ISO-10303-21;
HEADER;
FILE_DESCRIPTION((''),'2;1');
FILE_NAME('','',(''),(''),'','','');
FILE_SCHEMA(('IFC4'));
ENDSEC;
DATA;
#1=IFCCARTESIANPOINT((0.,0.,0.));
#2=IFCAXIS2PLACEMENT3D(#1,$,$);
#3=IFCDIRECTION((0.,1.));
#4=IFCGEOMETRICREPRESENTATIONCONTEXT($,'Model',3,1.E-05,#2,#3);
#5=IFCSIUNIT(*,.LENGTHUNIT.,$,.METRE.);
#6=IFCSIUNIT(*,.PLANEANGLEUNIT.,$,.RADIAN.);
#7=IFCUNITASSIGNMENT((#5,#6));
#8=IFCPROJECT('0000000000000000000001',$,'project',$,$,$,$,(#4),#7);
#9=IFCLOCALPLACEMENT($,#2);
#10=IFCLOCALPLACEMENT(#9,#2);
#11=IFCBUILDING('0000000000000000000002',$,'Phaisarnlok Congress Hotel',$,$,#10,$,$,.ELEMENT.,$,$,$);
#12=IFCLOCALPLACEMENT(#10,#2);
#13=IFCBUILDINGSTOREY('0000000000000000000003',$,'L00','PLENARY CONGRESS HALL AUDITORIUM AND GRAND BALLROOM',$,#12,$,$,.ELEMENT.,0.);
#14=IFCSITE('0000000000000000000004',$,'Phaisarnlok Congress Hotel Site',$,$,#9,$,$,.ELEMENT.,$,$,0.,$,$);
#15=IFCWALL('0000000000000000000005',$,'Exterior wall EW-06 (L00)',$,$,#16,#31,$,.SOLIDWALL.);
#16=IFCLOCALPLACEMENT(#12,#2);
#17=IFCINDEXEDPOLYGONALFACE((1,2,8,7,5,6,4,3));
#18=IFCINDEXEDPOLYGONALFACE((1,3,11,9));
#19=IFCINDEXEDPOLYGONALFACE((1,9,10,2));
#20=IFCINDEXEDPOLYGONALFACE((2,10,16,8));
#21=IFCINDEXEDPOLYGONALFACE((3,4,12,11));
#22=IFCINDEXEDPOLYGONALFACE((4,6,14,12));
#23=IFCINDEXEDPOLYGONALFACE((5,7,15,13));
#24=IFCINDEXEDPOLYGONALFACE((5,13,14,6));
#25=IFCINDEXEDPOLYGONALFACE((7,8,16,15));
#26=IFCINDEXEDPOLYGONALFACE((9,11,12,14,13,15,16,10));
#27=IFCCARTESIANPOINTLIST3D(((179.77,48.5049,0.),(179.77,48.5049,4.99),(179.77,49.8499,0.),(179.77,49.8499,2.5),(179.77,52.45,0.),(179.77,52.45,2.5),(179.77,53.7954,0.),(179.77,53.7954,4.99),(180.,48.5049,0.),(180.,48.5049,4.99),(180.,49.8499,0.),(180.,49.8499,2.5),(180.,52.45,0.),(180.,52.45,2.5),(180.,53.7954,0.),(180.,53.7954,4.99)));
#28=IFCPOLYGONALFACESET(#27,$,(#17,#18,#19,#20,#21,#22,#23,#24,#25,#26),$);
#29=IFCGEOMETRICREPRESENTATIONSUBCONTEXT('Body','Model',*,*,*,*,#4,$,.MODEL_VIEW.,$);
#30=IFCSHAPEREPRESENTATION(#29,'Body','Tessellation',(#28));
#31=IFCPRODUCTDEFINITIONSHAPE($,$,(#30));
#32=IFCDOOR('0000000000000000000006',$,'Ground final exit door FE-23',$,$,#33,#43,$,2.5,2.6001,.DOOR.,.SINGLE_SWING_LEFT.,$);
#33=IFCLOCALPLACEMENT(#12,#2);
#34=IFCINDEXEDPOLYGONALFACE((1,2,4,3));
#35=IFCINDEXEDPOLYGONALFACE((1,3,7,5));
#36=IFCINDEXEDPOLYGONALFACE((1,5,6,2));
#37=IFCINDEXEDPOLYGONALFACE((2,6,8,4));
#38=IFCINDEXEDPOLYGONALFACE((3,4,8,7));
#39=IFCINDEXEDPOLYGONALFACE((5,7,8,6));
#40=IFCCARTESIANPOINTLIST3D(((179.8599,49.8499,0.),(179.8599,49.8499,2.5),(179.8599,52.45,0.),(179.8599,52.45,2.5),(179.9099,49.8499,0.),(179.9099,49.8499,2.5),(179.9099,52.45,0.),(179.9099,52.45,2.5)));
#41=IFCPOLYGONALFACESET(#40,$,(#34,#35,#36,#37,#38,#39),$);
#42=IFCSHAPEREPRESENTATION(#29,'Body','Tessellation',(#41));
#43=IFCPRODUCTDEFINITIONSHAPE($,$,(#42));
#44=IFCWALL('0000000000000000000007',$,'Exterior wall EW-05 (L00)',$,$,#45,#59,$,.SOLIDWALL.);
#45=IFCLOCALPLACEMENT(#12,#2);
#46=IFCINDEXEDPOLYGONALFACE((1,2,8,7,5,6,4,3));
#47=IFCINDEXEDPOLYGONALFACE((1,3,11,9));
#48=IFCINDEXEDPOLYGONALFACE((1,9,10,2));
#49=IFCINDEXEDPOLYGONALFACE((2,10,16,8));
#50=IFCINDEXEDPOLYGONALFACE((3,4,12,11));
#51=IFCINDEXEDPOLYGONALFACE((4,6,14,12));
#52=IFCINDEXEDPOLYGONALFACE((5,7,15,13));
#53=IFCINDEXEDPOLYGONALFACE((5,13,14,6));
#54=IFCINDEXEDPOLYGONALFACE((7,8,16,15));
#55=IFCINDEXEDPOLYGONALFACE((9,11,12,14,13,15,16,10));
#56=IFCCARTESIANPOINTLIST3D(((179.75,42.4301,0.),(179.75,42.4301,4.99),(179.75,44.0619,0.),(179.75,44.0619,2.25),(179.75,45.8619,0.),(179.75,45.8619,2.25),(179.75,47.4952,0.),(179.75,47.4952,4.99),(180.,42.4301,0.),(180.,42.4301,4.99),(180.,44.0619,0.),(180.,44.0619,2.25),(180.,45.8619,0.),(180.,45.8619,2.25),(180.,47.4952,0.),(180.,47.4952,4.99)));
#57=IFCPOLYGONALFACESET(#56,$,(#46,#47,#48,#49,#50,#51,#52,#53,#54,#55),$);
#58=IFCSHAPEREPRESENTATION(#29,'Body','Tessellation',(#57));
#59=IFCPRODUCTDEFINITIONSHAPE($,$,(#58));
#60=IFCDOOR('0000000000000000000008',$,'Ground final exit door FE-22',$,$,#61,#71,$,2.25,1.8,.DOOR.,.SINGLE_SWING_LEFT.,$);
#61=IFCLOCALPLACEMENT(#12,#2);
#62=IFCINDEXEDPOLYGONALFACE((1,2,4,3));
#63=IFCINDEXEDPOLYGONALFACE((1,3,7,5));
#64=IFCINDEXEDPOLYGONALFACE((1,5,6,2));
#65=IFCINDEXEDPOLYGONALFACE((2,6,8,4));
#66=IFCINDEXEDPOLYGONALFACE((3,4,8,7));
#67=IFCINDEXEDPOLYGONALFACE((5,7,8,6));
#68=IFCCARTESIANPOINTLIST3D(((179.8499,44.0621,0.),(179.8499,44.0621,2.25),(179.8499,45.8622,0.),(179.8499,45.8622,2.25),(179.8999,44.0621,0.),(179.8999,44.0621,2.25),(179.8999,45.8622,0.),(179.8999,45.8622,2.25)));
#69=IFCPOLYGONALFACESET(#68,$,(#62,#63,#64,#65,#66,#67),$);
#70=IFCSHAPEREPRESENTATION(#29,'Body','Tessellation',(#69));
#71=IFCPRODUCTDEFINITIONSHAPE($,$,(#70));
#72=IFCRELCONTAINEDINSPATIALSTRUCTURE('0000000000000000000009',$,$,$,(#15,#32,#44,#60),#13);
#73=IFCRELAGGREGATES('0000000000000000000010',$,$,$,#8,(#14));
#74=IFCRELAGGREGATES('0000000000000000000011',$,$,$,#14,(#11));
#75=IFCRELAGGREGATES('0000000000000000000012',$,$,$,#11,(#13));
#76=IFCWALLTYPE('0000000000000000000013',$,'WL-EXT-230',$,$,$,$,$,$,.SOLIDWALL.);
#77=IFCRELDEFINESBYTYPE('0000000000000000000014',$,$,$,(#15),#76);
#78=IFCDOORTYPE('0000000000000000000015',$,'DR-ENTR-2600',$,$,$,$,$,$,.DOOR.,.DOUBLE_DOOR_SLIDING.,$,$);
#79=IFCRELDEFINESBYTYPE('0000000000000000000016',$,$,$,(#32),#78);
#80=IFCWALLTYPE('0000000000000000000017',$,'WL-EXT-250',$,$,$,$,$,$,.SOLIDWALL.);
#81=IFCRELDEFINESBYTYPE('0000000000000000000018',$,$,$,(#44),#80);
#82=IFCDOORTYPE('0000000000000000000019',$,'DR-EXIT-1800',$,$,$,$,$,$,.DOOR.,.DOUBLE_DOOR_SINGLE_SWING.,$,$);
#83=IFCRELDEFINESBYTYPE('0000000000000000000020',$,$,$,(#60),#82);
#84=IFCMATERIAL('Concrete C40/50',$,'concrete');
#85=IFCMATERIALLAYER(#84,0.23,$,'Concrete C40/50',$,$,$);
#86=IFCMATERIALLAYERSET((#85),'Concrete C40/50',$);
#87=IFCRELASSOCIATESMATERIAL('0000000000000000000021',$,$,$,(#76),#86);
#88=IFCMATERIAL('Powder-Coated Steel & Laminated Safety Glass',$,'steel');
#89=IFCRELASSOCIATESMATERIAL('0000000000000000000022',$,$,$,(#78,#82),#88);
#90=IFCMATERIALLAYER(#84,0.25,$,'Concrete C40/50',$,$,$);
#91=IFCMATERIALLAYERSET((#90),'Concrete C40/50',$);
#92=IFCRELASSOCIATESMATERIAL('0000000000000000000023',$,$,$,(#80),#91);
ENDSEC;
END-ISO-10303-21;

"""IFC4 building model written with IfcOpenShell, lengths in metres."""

from ifc_helpers import new_model, si_unit, direction, frame, frame_2d, origin, place, context, subcontext, project, spatial, rectangle, extrude, material, layer, layer_set, type_object, element, fill, save


model = new_model("IFC4")

# Units and contexts
model_context = context("Model", 3, precision=1e-05, world=origin(), true_north=direction((0.0, 1.0)))
body_context = subcontext(model_context, "Body", "Model", "MODEL_VIEW")
ifc_project = project(units=[si_unit("LENGTHUNIT", "METRE"), si_unit("PLANEANGLEUNIT", "RADIAN")], contexts=[model_context])

# Site, building, storey
site_placement = place(None, origin())
site = spatial("IfcSite", under=ifc_project, at=site_placement, Name="Phaisarnlok Congress Hotel Site", CompositionType="ELEMENT", RefElevation=0.0)
building_placement = place(site_placement, origin())
building = spatial("IfcBuilding", under=site, at=building_placement, Name="Phaisarnlok Congress Hotel", CompositionType="ELEMENT")
storey_placement = place(building_placement, origin())
storey = spatial("IfcBuildingStorey", under=building, at=storey_placement, Name="L00", Description="PLENARY CONGRESS HALL AUDITORIUM AND GRAND BALLROOM", CompositionType="ELEMENT", Elevation=0.0)

# Shared definitions
ifc_material_1 = material(Name="Concrete C40/50", Category="concrete")

# Walls, openings, doors
ifc_material_2 = material(Name="Powder-Coated Steel & Laminated Safety Glass", Category="steel")
ifc_layer_1 = layer(ifc_material_1, 0.23, Name="Concrete C40/50")
ifc_layer_set_1 = layer_set([ifc_layer_1], Name="Concrete C40/50")
wall_type_1 = type_object("IfcWallType", Name="WL-EXT-230", PredefinedType="SOLIDWALL", material=ifc_layer_set_1)
wall_1_placement = place(storey_placement, frame((179.885, 48.5049, 0.0), z_axis=(0.0, 0.0, 1.0), x_axis=(0.0, 1.0, 0.0)))
wall_1 = element("IfcWall", 1, at=wall_1_placement, inside=storey, type_object=wall_type_1, Name="Exterior wall EW-06 (L00)", PredefinedType="SOLIDWALL", context=body_context, shape_type="SweptSolid", body=[
    extrude(rectangle(XDim=5.2905, YDim=0.23, at=frame_2d((2.6453, 0.0))), origin(), (0.0, 0.0, 1.0), 4.99),
])
opening_1_placement = place(wall_1_placement, frame((1.345, 0.0, 0.0)))
opening_1 = element("IfcOpeningElement", 2, at=opening_1_placement, cuts=wall_1, PredefinedType="OPENING", context=body_context, shape_type="SweptSolid", body=[
    extrude(rectangle(XDim=2.6001, YDim=2.5, at=frame_2d((1.3, 1.25))), frame((0.0, 0.125, 0.0), z_axis=(0.0, -1.0, 0.0), x_axis=(1.0, 0.0, 0.0)), (0.0, 0.0, 1.0), 0.25),
])
door_type_1 = type_object("IfcDoorType", Name="DR-ENTR-2600", OperationType="DOUBLE_DOOR_SLIDING", PredefinedType="DOOR", material=ifc_material_2)
door_1_placement = place(opening_1_placement, frame((2.6001, 0.0, 0.0), z_axis=(0.0, 0.0, 1.0), x_axis=(-1.0, 0.0, 0.0)))
door_1 = element("IfcDoor", 3, at=door_1_placement, inside=storey, type_object=door_type_1, Name="Ground final exit door FE-23", OperationType="SINGLE_SWING_LEFT", OverallHeight=2.5, OverallWidth=2.6001, PredefinedType="DOOR", context=body_context, shape_type="SweptSolid", body=[
    extrude(rectangle(XDim=2.6001, YDim=2.5, at=frame_2d((1.3, 1.25))), frame((0.0, 0.0249, 0.0), z_axis=(0.0, -1.0, 0.0), x_axis=(1.0, 0.0, 0.0)), (0.0, 0.0, 1.0), 0.05),
])
fill(opening_1, door_1)
ifc_layer_2 = layer(ifc_material_1, 0.25, Name="Concrete C40/50")
ifc_layer_set_2 = layer_set([ifc_layer_2], Name="Concrete C40/50")
wall_type_2 = type_object("IfcWallType", Name="WL-EXT-250", PredefinedType="SOLIDWALL", material=ifc_layer_set_2)
wall_2_placement = place(storey_placement, frame((179.875, 42.4299, 0.0), z_axis=(0.0, 0.0, 1.0), x_axis=(0.0, 1.0, 0.0)))
wall_2 = element("IfcWall", 4, at=wall_2_placement, inside=storey, type_object=wall_type_2, Name="Exterior wall EW-05 (L00)", PredefinedType="SOLIDWALL", context=body_context, shape_type="SweptSolid", body=[
    extrude(rectangle(XDim=5.0652, YDim=0.25, at=frame_2d((2.5327, 0.0))), origin(), (0.0, 0.0, 1.0), 4.99),
])
opening_2_placement = place(wall_2_placement, frame((1.6321, 0.0, 0.0)))
opening_2 = element("IfcOpeningElement", 5, at=opening_2_placement, cuts=wall_2, PredefinedType="OPENING", context=body_context, shape_type="SweptSolid", body=[
    extrude(rectangle(XDim=1.8, YDim=2.25, at=frame_2d((0.8999, 1.125))), frame((0.0, 0.135, 0.0), z_axis=(0.0, -1.0, 0.0), x_axis=(1.0, 0.0, 0.0)), (0.0, 0.0, 1.0), 0.27),
])
door_type_2 = type_object("IfcDoorType", Name="DR-EXIT-1800", OperationType="DOUBLE_DOOR_SINGLE_SWING", PredefinedType="DOOR", material=ifc_material_2)
door_2_placement = place(opening_2_placement, frame((1.8, 0.0, 0.0), z_axis=(0.0, 0.0, 1.0), x_axis=(-1.0, 0.0, 0.0)))
door_2 = element("IfcDoor", 6, at=door_2_placement, inside=storey, type_object=door_type_2, Name="Ground final exit door FE-22", OperationType="SINGLE_SWING_LEFT", OverallHeight=2.25, OverallWidth=1.8, PredefinedType="DOOR", context=body_context, shape_type="SweptSolid", body=[
    extrude(rectangle(XDim=1.8, YDim=2.25, at=frame_2d((0.8999, 1.125))), frame((0.0, 0.0249, 0.0), z_axis=(0.0, -1.0, 0.0), x_axis=(1.0, 0.0, 0.0)), (0.0, 0.0, 1.0), 0.05),
])
fill(opening_2, door_2)

save(model, "model.ifc")
